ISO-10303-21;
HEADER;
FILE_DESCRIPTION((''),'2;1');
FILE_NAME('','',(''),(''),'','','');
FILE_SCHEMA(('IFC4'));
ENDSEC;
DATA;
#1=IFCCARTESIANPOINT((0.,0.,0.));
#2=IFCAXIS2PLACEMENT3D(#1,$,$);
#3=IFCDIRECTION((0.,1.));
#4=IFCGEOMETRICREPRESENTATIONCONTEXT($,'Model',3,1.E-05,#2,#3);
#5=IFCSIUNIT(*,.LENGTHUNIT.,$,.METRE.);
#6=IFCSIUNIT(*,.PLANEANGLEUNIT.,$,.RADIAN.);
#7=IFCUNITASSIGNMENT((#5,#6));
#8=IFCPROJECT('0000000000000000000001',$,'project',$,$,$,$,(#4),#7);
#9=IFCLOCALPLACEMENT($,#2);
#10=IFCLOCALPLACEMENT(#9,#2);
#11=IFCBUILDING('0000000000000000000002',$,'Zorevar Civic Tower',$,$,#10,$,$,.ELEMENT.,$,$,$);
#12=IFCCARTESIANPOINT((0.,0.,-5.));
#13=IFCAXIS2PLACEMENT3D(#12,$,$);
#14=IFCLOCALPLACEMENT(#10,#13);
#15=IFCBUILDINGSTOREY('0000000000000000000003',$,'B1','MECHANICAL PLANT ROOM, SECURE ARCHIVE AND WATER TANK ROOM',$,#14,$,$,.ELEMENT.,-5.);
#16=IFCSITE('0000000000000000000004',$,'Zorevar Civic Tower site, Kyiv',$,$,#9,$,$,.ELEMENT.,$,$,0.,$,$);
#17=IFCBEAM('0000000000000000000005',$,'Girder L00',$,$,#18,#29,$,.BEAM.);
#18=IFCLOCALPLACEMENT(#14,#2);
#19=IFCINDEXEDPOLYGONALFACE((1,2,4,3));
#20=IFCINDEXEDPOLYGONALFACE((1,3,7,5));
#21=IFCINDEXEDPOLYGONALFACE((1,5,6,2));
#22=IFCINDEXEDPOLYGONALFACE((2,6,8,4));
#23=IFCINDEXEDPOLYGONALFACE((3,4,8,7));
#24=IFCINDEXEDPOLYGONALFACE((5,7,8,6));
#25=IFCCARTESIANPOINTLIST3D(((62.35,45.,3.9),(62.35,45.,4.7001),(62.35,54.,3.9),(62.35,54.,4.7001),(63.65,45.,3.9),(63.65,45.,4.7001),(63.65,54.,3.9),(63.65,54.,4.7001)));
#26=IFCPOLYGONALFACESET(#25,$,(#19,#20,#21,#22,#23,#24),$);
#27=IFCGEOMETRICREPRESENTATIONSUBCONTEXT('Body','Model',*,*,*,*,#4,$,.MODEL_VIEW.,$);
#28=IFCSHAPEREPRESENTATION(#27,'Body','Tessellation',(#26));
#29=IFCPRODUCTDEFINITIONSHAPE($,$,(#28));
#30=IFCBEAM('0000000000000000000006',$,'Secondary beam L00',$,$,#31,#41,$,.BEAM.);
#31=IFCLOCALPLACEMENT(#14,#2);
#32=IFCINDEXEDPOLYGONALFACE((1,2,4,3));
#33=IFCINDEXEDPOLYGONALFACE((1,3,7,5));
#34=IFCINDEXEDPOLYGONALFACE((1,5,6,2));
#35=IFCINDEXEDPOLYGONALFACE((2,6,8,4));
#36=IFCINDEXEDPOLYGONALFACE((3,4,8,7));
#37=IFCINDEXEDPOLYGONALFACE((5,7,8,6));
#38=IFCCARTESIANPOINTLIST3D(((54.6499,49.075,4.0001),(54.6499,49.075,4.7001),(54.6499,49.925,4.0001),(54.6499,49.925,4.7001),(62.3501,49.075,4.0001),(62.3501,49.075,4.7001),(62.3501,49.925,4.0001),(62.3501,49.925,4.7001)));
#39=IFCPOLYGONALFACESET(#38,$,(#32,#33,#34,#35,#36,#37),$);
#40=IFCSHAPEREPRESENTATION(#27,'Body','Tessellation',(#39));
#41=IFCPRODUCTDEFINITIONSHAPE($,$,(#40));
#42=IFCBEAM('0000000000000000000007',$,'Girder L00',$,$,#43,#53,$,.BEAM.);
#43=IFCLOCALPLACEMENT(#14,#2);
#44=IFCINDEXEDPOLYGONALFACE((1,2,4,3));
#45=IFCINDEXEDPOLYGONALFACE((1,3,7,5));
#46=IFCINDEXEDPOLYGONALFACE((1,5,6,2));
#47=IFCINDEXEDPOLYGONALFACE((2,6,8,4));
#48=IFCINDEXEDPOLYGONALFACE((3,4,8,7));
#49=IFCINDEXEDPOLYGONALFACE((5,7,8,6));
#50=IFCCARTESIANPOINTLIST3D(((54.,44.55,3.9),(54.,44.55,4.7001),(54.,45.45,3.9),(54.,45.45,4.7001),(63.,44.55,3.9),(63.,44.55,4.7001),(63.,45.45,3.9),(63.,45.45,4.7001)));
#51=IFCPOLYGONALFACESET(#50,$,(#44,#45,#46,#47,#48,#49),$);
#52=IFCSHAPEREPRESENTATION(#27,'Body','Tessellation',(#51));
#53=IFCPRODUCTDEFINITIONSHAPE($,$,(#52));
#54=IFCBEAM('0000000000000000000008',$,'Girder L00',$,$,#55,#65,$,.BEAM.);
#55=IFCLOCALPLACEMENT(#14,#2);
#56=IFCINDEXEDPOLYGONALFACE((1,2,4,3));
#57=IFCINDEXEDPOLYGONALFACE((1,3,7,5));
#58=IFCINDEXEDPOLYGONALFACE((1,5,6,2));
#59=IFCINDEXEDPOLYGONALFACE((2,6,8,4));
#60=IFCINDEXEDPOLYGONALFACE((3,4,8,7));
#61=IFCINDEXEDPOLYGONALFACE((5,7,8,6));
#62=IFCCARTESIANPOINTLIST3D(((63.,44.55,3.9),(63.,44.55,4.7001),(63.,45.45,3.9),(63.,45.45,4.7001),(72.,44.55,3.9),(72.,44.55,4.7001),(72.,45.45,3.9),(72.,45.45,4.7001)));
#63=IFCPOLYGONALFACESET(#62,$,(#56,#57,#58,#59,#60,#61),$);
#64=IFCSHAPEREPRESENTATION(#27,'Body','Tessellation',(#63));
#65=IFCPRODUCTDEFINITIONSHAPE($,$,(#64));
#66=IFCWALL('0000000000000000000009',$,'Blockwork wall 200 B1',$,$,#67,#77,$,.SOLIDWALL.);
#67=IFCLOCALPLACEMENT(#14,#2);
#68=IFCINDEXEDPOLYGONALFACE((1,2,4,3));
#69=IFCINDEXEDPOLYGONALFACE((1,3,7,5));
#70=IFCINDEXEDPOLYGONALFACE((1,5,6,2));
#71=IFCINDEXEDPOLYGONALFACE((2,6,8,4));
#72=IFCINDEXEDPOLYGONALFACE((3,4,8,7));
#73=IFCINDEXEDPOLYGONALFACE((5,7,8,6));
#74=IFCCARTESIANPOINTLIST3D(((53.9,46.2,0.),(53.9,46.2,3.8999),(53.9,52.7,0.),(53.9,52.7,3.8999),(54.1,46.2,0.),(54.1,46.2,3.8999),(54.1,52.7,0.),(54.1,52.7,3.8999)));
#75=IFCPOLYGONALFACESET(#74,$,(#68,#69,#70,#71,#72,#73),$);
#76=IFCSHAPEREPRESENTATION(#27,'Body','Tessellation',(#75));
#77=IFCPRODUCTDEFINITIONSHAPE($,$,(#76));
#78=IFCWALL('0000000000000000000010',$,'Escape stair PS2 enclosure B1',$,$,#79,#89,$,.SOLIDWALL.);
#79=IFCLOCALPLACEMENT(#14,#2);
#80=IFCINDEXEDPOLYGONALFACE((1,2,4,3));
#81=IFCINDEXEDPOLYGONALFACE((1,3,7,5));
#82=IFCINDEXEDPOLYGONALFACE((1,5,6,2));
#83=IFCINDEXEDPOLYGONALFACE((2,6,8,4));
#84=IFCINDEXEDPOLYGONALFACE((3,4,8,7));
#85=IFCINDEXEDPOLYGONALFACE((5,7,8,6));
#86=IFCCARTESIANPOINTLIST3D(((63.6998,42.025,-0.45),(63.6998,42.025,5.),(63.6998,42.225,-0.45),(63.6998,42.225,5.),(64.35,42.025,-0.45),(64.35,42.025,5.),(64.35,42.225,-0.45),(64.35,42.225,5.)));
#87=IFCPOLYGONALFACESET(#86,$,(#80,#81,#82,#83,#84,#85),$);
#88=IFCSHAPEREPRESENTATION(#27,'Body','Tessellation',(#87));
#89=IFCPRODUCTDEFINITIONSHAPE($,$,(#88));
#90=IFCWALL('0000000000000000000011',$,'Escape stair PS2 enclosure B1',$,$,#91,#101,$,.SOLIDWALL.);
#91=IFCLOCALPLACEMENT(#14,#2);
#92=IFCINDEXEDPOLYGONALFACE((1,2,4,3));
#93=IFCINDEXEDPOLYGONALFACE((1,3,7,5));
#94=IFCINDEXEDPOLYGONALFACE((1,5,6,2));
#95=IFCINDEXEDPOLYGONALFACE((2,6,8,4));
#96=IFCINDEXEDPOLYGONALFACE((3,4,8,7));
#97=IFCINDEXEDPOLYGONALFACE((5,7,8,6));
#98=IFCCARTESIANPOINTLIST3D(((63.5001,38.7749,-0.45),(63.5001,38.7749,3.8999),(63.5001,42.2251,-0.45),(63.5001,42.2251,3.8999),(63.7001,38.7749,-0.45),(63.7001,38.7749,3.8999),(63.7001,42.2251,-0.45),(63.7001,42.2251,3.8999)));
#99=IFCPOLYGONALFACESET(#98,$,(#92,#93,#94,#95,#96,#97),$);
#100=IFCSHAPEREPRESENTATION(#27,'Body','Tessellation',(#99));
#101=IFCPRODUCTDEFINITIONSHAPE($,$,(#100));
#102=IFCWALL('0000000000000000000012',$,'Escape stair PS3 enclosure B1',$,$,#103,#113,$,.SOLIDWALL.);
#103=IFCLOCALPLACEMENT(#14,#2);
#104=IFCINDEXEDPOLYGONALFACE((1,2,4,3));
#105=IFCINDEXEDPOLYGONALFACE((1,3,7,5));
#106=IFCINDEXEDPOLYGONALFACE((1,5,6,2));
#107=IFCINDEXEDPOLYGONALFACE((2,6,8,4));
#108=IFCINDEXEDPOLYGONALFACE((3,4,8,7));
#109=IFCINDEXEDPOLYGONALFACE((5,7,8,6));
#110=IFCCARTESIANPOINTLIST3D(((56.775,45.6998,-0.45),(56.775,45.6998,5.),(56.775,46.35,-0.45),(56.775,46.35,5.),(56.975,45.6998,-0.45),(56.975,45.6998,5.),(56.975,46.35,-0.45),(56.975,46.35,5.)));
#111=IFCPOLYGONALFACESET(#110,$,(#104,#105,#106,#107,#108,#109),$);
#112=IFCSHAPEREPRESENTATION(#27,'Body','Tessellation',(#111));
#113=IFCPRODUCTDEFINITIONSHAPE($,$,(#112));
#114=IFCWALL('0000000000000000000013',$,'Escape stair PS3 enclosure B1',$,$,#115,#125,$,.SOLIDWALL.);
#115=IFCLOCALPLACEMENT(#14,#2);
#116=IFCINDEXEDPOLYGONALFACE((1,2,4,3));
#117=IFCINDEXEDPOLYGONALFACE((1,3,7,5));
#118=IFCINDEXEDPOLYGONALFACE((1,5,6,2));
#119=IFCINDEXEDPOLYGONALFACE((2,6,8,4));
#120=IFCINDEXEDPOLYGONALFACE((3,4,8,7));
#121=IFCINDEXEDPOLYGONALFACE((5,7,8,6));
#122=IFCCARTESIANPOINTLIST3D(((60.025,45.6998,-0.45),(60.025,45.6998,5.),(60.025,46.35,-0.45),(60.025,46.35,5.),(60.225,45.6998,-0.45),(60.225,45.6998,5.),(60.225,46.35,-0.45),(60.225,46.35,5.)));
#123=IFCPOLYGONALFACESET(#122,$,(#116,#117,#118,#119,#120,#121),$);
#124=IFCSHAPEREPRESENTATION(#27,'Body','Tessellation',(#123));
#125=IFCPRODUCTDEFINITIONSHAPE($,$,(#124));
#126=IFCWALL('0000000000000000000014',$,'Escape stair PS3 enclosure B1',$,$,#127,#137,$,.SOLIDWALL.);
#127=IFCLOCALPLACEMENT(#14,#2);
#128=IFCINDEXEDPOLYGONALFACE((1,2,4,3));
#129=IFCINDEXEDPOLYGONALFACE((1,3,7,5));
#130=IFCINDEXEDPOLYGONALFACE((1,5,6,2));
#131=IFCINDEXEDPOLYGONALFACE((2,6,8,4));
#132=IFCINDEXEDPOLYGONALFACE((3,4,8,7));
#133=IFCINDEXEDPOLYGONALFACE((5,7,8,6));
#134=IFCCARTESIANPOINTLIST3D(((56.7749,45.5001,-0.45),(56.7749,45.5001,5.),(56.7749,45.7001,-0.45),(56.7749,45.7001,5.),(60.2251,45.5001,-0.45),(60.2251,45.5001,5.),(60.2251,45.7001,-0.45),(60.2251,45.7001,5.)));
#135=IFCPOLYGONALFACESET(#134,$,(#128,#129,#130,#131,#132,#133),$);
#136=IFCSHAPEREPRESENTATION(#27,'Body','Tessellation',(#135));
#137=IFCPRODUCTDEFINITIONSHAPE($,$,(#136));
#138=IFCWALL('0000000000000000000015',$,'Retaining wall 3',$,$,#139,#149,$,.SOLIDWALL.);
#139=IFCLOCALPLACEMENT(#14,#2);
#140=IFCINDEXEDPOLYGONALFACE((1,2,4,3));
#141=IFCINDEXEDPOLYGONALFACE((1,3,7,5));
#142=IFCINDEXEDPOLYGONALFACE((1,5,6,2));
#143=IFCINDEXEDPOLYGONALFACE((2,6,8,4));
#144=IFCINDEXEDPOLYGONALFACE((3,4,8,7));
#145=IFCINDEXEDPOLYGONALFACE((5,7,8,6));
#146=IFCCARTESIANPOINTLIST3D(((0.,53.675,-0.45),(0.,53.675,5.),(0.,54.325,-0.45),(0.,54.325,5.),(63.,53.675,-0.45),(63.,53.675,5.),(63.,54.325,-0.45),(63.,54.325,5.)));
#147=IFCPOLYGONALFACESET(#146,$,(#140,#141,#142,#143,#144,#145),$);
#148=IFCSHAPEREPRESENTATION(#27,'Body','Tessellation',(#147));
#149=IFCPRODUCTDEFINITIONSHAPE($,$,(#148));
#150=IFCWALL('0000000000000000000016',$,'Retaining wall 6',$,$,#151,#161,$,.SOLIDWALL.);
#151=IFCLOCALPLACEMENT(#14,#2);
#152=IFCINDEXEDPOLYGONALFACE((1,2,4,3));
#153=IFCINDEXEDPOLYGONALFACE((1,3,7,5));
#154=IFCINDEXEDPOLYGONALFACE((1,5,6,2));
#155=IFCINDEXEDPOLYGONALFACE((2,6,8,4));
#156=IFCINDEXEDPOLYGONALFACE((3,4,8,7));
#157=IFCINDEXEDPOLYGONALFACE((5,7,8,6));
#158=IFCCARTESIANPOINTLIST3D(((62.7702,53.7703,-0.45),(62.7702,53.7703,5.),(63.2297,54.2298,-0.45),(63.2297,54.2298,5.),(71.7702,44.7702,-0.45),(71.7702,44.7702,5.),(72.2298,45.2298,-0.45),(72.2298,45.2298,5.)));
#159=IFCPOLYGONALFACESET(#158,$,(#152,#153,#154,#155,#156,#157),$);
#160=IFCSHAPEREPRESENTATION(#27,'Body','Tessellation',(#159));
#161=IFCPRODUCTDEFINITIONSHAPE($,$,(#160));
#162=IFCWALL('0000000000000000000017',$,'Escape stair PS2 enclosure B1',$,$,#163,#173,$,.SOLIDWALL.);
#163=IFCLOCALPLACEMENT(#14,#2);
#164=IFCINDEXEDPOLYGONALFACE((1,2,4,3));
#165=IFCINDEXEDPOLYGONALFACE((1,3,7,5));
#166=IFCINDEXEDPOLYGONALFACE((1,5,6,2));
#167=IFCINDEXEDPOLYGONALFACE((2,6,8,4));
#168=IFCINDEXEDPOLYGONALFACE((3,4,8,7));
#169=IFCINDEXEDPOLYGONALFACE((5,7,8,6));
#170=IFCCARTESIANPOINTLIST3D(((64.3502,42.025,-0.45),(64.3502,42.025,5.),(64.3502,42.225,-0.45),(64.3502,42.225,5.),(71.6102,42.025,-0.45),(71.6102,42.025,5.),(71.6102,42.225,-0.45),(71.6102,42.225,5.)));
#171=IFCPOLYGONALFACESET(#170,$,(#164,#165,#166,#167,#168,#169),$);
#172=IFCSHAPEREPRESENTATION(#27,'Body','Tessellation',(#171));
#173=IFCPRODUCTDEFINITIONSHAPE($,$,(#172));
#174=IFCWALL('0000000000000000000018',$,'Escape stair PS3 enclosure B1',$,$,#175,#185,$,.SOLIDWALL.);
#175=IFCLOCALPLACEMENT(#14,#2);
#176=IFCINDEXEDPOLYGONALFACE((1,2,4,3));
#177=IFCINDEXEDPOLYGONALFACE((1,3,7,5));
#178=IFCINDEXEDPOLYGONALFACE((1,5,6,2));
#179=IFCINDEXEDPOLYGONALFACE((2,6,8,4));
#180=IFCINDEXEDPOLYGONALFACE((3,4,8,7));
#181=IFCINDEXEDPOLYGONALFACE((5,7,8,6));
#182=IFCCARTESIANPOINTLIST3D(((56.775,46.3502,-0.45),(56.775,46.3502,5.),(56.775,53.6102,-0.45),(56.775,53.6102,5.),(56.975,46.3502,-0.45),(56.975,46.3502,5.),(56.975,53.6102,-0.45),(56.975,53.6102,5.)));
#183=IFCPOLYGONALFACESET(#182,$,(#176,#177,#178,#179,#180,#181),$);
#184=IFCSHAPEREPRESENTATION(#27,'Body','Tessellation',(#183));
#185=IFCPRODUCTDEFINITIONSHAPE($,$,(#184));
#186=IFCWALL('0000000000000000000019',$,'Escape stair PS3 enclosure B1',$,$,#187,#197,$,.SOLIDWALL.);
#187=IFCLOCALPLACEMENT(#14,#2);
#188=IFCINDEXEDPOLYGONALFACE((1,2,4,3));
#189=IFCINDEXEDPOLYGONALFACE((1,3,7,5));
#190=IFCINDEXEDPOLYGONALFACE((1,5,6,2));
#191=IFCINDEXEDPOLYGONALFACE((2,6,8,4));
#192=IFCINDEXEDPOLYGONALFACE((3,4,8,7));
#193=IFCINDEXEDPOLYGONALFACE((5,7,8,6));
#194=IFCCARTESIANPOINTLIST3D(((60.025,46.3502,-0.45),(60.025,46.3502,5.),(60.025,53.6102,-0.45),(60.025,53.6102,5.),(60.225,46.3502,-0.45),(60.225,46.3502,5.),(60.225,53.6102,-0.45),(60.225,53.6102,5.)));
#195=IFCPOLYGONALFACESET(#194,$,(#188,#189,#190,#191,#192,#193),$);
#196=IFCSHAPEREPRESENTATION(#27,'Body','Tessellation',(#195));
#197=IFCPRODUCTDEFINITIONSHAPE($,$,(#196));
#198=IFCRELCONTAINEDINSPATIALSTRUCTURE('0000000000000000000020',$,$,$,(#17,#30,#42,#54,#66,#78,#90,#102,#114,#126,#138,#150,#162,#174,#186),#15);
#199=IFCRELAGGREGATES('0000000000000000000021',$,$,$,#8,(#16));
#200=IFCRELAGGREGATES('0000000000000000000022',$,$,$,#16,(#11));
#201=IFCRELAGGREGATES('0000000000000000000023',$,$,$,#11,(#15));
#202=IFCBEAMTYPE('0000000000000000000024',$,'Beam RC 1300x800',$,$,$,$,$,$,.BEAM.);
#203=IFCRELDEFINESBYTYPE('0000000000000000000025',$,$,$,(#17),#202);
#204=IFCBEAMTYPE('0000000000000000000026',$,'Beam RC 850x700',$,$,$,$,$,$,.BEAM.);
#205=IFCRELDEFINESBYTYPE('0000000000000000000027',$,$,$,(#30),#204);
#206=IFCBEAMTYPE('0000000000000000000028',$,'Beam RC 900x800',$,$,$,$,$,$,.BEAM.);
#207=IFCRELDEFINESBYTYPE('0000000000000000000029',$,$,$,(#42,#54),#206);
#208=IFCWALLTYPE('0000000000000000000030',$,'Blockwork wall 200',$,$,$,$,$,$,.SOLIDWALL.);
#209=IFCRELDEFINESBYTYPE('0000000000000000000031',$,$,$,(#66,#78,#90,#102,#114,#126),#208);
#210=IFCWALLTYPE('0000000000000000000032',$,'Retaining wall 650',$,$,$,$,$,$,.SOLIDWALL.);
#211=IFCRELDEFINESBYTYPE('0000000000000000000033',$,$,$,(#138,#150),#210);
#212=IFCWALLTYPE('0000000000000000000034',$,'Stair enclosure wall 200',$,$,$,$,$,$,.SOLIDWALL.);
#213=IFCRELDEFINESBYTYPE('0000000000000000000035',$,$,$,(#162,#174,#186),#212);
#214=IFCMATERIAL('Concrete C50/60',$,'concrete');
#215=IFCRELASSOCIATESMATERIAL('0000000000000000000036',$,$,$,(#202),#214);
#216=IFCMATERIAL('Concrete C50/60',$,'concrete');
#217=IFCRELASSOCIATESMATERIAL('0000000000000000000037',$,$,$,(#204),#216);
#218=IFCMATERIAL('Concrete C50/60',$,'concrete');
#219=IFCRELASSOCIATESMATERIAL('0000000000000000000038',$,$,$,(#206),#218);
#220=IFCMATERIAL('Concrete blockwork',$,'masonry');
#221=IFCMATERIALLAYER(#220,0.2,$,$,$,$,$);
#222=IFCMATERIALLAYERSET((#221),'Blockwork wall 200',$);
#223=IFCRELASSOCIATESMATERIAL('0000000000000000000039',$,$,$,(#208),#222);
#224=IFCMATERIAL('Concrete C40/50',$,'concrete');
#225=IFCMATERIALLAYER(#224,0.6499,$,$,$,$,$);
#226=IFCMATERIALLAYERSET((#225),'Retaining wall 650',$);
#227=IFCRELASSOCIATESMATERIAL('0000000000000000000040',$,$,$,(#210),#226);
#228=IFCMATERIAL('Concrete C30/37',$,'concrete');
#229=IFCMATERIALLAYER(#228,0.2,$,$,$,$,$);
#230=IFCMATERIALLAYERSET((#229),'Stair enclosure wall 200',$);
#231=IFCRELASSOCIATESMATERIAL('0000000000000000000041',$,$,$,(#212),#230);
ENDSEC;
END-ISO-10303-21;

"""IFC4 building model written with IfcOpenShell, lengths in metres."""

from ifc_helpers import new_model, si_unit, direction, frame, frame_2d, origin, origin_2d, place, context, subcontext, project, spatial, rectangle, extrude, material, layer, layer_set, material_profile, profile_set, type_object, element, save


model = new_model("IFC4")

# Units and contexts
model_context = context("Model", 3, precision=1e-05, world=origin(), true_north=direction((0.0, 1.0)))
body_context = subcontext(model_context, "Body", "Model", "MODEL_VIEW")
ifc_project = project(units=[si_unit("LENGTHUNIT", "METRE"), si_unit("PLANEANGLEUNIT", "RADIAN")], contexts=[model_context])

# Site, building, storey
site_placement = place(None, origin())
site = spatial("IfcSite", under=ifc_project, at=site_placement, Name="Zorevar Civic Tower site, Kyiv", CompositionType="ELEMENT", RefElevation=0.0)
building_placement = place(site_placement, origin())
building = spatial("IfcBuilding", under=site, at=building_placement, Name="Zorevar Civic Tower", CompositionType="ELEMENT")
storey_placement = place(building_placement, frame((0.0, 0.0, -5.0)))
storey = spatial("IfcBuildingStorey", under=building, at=storey_placement, Name="B1", Description="MECHANICAL PLANT ROOM, SECURE ARCHIVE AND WATER TANK ROOM", CompositionType="ELEMENT", Elevation=-5.0)

# Beams
ifc_material_1 = material(Name="Concrete C50/60", Category="concrete")
ifc_material_profile_1 = material_profile(ifc_material_1, rectangle(XDim=1.3, YDim=0.8, at=origin_2d()), Name="RC 1300x800")
ifc_profile_set_1 = profile_set([ifc_material_profile_1], Name="Concrete C50/60")
beam_type_1 = type_object("IfcBeamType", Name="Beam RC 1300x800", PredefinedType="BEAM", material=ifc_profile_set_1)
for number, where, z_axis, x_axis, name in (
    (1, (63.0, 45.0, 4.3), (0.0, 1.0, 0.0), (-1.0, 0.0, 0.0), "Girder L00"),
):
    element("IfcBeam", number, at=place(storey_placement, frame(where, z_axis=z_axis, x_axis=x_axis)), inside=storey, type_object=beam_type_1, Name=name, PredefinedType="BEAM", context=body_context, shape_type="SweptSolid", body=[
        extrude(rectangle(XDim=1.3, YDim=0.8, at=origin_2d()), origin(), (0.0, 0.0, 1.0), 9.0),
    ])
ifc_material_2 = material(Name="Concrete C50/60", Category="concrete")
ifc_material_profile_2 = material_profile(ifc_material_2, rectangle(XDim=0.8501, YDim=0.7, at=origin_2d()), Name="RC 850x700")
ifc_profile_set_2 = profile_set([ifc_material_profile_2], Name="Concrete C50/60")
beam_type_2 = type_object("IfcBeamType", Name="Beam RC 850x700", PredefinedType="BEAM", material=ifc_profile_set_2)
beam_placement = place(storey_placement, frame((54.6499, 49.5, 4.3501), z_axis=(1.0, 0.0, 0.0), x_axis=(0.0, 1.0, 0.0)))
element("IfcBeam", 2, at=beam_placement, inside=storey, type_object=beam_type_2, Name="Secondary beam L00", PredefinedType="BEAM", context=body_context, shape_type="SweptSolid", body=[
    extrude(rectangle(XDim=0.8501, YDim=0.7, at=origin_2d()), origin(), (0.0, 0.0, 1.0), 7.7002),
])
ifc_material_3 = material(Name="Concrete C50/60", Category="concrete")
ifc_material_profile_3 = material_profile(ifc_material_3, rectangle(XDim=0.8999, YDim=0.8, at=origin_2d()), Name="RC 900x800")
ifc_profile_set_3 = profile_set([ifc_material_profile_3], Name="Concrete C50/60")
beam_type_3 = type_object("IfcBeamType", Name="Beam RC 900x800", PredefinedType="BEAM", material=ifc_profile_set_3)
for number, where, z_axis, x_axis, name in (
    (3, (54.0, 45.0, 4.3), (1.0, 0.0, 0.0), (0.0, 1.0, 0.0), "Girder L00"),
    (4, (63.0, 45.0, 4.3), (1.0, 0.0, 0.0), (0.0, 1.0, 0.0), "Girder L00"),
):
    element("IfcBeam", number, at=place(storey_placement, frame(where, z_axis=z_axis, x_axis=x_axis)), inside=storey, type_object=beam_type_3, Name=name, PredefinedType="BEAM", context=body_context, shape_type="SweptSolid", body=[
        extrude(rectangle(XDim=0.8999, YDim=0.8, at=origin_2d()), origin(), (0.0, 0.0, 1.0), 9.0),
    ])

# Walls
ifc_material_4 = material(Name="Concrete blockwork", Category="masonry")
ifc_layer_1 = layer(ifc_material_4, 0.2)
ifc_layer_set_1 = layer_set([ifc_layer_1], Name="Blockwork wall 200")
wall_type_1 = type_object("IfcWallType", Name="Blockwork wall 200", PredefinedType="SOLIDWALL", material=ifc_layer_set_1)
wall_1_placement = place(storey_placement, frame((54.0, 46.2, 0.0), z_axis=(0.0, 0.0, 1.0), x_axis=(0.0, 1.0, 0.0)))
element("IfcWall", 5, at=wall_1_placement, inside=storey, type_object=wall_type_1, Name="Blockwork wall 200 B1", PredefinedType="SOLIDWALL", context=body_context, shape_type="SweptSolid", body=[
    extrude(rectangle(XDim=6.5, YDim=0.2, at=frame_2d((3.25, 0.0))), origin(), (0.0, 0.0, 1.0), 3.8999),
])
wall_2_placement = place(storey_placement, frame((64.3501, 42.125, -0.45), z_axis=(0.0, 0.0, 1.0), x_axis=(-1.0, 0.0, 0.0)))
element("IfcWall", 6, at=wall_2_placement, inside=storey, type_object=wall_type_1, Name="Escape stair PS2 enclosure B1", PredefinedType="SOLIDWALL", context=body_context, shape_type="SweptSolid", body=[
    extrude(rectangle(XDim=0.6501, YDim=0.2, at=frame_2d((0.3252, 0.0))), origin(), (0.0, 0.0, 1.0), 5.45),
])
wall_3_placement = place(storey_placement, frame((63.6001, 42.2251, -0.45), z_axis=(0.0, 0.0, 1.0), x_axis=(0.0, -1.0, 0.0)))
element("IfcWall", 7, at=wall_3_placement, inside=storey, type_object=wall_type_1, Name="Escape stair PS2 enclosure B1", PredefinedType="SOLIDWALL", context=body_context, shape_type="SweptSolid", body=[
    extrude(rectangle(XDim=3.4502, YDim=0.2, at=frame_2d((1.7251, 0.0))), origin(), (0.0, 0.0, 1.0), 4.3499),
])
for number, where, z_axis, x_axis, name in (
    (8, (56.875, 46.3501, -0.45), (0.0, 0.0, 1.0), (0.0, -1.0, 0.0), "Escape stair PS3 enclosure B1"),
    (9, (60.125, 46.3501, -0.45), (0.0, 0.0, 1.0), (0.0, -1.0, 0.0), "Escape stair PS3 enclosure B1"),
):
    element("IfcWall", number, at=place(storey_placement, frame(where, z_axis=z_axis, x_axis=x_axis)), inside=storey, type_object=wall_type_1, Name=name, PredefinedType="SOLIDWALL", context=body_context, shape_type="SweptSolid", body=[
        extrude(rectangle(XDim=0.6501, YDim=0.2, at=frame_2d((0.3252, 0.0))), origin(), (0.0, 0.0, 1.0), 5.45),
    ])
wall_4_placement = place(storey_placement, frame((56.7749, 45.6001, -0.45), z_axis=(0.0, 0.0, 1.0), x_axis=(1.0, 0.0, 0.0)))
element("IfcWall", 10, at=wall_4_placement, inside=storey, type_object=wall_type_1, Name="Escape stair PS3 enclosure B1", PredefinedType="SOLIDWALL", context=body_context, shape_type="SweptSolid", body=[
    extrude(rectangle(XDim=3.4502, YDim=0.2, at=frame_2d((1.7251, 0.0))), origin(), (0.0, 0.0, 1.0), 5.45),
])
ifc_material_5 = material(Name="Concrete C40/50", Category="concrete")
ifc_layer_2 = layer(ifc_material_5, 0.6499)
ifc_layer_set_2 = layer_set([ifc_layer_2], Name="Retaining wall 650")
wall_type_2 = type_object("IfcWallType", Name="Retaining wall 650", PredefinedType="SOLIDWALL", material=ifc_layer_set_2)
wall_5_placement = place(storey_placement, frame((63.0, 54.0, -0.45), z_axis=(0.0, 0.0, 1.0), x_axis=(-1.0, 0.0, 0.0)))
element("IfcWall", 11, at=wall_5_placement, inside=storey, type_object=wall_type_2, Name="Retaining wall 3", PredefinedType="SOLIDWALL", context=body_context, shape_type="SweptSolid", body=[
    extrude(rectangle(XDim=63.0, YDim=0.6499, at=frame_2d((31.5, 0.0))), origin(), (0.0, 0.0, 1.0), 5.45),
])
wall_6_placement = place(storey_placement, frame((72.0, 45.0, -0.45), z_axis=(0.0, 0.0, 1.0), x_axis=(-0.707107, 0.707107, 0.0)))
element("IfcWall", 12, at=wall_6_placement, inside=storey, type_object=wall_type_2, Name="Retaining wall 6", PredefinedType="SOLIDWALL", context=body_context, shape_type="SweptSolid", body=[
    extrude(rectangle(XDim=12.728, YDim=0.6499, at=frame_2d((6.364, 0.0))), origin(), (0.0, 0.0, 1.0), 5.45),
])
ifc_material_6 = material(Name="Concrete C30/37", Category="concrete")
ifc_layer_3 = layer(ifc_material_6, 0.2)
ifc_layer_set_3 = layer_set([ifc_layer_3], Name="Stair enclosure wall 200")
wall_type_3 = type_object("IfcWallType", Name="Stair enclosure wall 200", PredefinedType="SOLIDWALL", material=ifc_layer_set_3)
for number, where, z_axis, x_axis, name in (
    (13, (71.6101, 42.125, -0.45), (0.0, 0.0, 1.0), (-1.0, 0.0, 0.0), "Escape stair PS2 enclosure B1"),
    (14, (56.875, 53.6101, -0.45), (0.0, 0.0, 1.0), (0.0, -1.0, 0.0), "Escape stair PS3 enclosure B1"),
    (15, (60.125, 53.6101, -0.45), (0.0, 0.0, 1.0), (0.0, -1.0, 0.0), "Escape stair PS3 enclosure B1"),
):
    element("IfcWall", number, at=place(storey_placement, frame(where, z_axis=z_axis, x_axis=x_axis)), inside=storey, type_object=wall_type_3, Name=name, PredefinedType="SOLIDWALL", context=body_context, shape_type="SweptSolid", body=[
        extrude(rectangle(XDim=7.26, YDim=0.2, at=frame_2d((3.6299, 0.0))), origin(), (0.0, 0.0, 1.0), 5.45),
    ])

save(model, "model.ifc")
